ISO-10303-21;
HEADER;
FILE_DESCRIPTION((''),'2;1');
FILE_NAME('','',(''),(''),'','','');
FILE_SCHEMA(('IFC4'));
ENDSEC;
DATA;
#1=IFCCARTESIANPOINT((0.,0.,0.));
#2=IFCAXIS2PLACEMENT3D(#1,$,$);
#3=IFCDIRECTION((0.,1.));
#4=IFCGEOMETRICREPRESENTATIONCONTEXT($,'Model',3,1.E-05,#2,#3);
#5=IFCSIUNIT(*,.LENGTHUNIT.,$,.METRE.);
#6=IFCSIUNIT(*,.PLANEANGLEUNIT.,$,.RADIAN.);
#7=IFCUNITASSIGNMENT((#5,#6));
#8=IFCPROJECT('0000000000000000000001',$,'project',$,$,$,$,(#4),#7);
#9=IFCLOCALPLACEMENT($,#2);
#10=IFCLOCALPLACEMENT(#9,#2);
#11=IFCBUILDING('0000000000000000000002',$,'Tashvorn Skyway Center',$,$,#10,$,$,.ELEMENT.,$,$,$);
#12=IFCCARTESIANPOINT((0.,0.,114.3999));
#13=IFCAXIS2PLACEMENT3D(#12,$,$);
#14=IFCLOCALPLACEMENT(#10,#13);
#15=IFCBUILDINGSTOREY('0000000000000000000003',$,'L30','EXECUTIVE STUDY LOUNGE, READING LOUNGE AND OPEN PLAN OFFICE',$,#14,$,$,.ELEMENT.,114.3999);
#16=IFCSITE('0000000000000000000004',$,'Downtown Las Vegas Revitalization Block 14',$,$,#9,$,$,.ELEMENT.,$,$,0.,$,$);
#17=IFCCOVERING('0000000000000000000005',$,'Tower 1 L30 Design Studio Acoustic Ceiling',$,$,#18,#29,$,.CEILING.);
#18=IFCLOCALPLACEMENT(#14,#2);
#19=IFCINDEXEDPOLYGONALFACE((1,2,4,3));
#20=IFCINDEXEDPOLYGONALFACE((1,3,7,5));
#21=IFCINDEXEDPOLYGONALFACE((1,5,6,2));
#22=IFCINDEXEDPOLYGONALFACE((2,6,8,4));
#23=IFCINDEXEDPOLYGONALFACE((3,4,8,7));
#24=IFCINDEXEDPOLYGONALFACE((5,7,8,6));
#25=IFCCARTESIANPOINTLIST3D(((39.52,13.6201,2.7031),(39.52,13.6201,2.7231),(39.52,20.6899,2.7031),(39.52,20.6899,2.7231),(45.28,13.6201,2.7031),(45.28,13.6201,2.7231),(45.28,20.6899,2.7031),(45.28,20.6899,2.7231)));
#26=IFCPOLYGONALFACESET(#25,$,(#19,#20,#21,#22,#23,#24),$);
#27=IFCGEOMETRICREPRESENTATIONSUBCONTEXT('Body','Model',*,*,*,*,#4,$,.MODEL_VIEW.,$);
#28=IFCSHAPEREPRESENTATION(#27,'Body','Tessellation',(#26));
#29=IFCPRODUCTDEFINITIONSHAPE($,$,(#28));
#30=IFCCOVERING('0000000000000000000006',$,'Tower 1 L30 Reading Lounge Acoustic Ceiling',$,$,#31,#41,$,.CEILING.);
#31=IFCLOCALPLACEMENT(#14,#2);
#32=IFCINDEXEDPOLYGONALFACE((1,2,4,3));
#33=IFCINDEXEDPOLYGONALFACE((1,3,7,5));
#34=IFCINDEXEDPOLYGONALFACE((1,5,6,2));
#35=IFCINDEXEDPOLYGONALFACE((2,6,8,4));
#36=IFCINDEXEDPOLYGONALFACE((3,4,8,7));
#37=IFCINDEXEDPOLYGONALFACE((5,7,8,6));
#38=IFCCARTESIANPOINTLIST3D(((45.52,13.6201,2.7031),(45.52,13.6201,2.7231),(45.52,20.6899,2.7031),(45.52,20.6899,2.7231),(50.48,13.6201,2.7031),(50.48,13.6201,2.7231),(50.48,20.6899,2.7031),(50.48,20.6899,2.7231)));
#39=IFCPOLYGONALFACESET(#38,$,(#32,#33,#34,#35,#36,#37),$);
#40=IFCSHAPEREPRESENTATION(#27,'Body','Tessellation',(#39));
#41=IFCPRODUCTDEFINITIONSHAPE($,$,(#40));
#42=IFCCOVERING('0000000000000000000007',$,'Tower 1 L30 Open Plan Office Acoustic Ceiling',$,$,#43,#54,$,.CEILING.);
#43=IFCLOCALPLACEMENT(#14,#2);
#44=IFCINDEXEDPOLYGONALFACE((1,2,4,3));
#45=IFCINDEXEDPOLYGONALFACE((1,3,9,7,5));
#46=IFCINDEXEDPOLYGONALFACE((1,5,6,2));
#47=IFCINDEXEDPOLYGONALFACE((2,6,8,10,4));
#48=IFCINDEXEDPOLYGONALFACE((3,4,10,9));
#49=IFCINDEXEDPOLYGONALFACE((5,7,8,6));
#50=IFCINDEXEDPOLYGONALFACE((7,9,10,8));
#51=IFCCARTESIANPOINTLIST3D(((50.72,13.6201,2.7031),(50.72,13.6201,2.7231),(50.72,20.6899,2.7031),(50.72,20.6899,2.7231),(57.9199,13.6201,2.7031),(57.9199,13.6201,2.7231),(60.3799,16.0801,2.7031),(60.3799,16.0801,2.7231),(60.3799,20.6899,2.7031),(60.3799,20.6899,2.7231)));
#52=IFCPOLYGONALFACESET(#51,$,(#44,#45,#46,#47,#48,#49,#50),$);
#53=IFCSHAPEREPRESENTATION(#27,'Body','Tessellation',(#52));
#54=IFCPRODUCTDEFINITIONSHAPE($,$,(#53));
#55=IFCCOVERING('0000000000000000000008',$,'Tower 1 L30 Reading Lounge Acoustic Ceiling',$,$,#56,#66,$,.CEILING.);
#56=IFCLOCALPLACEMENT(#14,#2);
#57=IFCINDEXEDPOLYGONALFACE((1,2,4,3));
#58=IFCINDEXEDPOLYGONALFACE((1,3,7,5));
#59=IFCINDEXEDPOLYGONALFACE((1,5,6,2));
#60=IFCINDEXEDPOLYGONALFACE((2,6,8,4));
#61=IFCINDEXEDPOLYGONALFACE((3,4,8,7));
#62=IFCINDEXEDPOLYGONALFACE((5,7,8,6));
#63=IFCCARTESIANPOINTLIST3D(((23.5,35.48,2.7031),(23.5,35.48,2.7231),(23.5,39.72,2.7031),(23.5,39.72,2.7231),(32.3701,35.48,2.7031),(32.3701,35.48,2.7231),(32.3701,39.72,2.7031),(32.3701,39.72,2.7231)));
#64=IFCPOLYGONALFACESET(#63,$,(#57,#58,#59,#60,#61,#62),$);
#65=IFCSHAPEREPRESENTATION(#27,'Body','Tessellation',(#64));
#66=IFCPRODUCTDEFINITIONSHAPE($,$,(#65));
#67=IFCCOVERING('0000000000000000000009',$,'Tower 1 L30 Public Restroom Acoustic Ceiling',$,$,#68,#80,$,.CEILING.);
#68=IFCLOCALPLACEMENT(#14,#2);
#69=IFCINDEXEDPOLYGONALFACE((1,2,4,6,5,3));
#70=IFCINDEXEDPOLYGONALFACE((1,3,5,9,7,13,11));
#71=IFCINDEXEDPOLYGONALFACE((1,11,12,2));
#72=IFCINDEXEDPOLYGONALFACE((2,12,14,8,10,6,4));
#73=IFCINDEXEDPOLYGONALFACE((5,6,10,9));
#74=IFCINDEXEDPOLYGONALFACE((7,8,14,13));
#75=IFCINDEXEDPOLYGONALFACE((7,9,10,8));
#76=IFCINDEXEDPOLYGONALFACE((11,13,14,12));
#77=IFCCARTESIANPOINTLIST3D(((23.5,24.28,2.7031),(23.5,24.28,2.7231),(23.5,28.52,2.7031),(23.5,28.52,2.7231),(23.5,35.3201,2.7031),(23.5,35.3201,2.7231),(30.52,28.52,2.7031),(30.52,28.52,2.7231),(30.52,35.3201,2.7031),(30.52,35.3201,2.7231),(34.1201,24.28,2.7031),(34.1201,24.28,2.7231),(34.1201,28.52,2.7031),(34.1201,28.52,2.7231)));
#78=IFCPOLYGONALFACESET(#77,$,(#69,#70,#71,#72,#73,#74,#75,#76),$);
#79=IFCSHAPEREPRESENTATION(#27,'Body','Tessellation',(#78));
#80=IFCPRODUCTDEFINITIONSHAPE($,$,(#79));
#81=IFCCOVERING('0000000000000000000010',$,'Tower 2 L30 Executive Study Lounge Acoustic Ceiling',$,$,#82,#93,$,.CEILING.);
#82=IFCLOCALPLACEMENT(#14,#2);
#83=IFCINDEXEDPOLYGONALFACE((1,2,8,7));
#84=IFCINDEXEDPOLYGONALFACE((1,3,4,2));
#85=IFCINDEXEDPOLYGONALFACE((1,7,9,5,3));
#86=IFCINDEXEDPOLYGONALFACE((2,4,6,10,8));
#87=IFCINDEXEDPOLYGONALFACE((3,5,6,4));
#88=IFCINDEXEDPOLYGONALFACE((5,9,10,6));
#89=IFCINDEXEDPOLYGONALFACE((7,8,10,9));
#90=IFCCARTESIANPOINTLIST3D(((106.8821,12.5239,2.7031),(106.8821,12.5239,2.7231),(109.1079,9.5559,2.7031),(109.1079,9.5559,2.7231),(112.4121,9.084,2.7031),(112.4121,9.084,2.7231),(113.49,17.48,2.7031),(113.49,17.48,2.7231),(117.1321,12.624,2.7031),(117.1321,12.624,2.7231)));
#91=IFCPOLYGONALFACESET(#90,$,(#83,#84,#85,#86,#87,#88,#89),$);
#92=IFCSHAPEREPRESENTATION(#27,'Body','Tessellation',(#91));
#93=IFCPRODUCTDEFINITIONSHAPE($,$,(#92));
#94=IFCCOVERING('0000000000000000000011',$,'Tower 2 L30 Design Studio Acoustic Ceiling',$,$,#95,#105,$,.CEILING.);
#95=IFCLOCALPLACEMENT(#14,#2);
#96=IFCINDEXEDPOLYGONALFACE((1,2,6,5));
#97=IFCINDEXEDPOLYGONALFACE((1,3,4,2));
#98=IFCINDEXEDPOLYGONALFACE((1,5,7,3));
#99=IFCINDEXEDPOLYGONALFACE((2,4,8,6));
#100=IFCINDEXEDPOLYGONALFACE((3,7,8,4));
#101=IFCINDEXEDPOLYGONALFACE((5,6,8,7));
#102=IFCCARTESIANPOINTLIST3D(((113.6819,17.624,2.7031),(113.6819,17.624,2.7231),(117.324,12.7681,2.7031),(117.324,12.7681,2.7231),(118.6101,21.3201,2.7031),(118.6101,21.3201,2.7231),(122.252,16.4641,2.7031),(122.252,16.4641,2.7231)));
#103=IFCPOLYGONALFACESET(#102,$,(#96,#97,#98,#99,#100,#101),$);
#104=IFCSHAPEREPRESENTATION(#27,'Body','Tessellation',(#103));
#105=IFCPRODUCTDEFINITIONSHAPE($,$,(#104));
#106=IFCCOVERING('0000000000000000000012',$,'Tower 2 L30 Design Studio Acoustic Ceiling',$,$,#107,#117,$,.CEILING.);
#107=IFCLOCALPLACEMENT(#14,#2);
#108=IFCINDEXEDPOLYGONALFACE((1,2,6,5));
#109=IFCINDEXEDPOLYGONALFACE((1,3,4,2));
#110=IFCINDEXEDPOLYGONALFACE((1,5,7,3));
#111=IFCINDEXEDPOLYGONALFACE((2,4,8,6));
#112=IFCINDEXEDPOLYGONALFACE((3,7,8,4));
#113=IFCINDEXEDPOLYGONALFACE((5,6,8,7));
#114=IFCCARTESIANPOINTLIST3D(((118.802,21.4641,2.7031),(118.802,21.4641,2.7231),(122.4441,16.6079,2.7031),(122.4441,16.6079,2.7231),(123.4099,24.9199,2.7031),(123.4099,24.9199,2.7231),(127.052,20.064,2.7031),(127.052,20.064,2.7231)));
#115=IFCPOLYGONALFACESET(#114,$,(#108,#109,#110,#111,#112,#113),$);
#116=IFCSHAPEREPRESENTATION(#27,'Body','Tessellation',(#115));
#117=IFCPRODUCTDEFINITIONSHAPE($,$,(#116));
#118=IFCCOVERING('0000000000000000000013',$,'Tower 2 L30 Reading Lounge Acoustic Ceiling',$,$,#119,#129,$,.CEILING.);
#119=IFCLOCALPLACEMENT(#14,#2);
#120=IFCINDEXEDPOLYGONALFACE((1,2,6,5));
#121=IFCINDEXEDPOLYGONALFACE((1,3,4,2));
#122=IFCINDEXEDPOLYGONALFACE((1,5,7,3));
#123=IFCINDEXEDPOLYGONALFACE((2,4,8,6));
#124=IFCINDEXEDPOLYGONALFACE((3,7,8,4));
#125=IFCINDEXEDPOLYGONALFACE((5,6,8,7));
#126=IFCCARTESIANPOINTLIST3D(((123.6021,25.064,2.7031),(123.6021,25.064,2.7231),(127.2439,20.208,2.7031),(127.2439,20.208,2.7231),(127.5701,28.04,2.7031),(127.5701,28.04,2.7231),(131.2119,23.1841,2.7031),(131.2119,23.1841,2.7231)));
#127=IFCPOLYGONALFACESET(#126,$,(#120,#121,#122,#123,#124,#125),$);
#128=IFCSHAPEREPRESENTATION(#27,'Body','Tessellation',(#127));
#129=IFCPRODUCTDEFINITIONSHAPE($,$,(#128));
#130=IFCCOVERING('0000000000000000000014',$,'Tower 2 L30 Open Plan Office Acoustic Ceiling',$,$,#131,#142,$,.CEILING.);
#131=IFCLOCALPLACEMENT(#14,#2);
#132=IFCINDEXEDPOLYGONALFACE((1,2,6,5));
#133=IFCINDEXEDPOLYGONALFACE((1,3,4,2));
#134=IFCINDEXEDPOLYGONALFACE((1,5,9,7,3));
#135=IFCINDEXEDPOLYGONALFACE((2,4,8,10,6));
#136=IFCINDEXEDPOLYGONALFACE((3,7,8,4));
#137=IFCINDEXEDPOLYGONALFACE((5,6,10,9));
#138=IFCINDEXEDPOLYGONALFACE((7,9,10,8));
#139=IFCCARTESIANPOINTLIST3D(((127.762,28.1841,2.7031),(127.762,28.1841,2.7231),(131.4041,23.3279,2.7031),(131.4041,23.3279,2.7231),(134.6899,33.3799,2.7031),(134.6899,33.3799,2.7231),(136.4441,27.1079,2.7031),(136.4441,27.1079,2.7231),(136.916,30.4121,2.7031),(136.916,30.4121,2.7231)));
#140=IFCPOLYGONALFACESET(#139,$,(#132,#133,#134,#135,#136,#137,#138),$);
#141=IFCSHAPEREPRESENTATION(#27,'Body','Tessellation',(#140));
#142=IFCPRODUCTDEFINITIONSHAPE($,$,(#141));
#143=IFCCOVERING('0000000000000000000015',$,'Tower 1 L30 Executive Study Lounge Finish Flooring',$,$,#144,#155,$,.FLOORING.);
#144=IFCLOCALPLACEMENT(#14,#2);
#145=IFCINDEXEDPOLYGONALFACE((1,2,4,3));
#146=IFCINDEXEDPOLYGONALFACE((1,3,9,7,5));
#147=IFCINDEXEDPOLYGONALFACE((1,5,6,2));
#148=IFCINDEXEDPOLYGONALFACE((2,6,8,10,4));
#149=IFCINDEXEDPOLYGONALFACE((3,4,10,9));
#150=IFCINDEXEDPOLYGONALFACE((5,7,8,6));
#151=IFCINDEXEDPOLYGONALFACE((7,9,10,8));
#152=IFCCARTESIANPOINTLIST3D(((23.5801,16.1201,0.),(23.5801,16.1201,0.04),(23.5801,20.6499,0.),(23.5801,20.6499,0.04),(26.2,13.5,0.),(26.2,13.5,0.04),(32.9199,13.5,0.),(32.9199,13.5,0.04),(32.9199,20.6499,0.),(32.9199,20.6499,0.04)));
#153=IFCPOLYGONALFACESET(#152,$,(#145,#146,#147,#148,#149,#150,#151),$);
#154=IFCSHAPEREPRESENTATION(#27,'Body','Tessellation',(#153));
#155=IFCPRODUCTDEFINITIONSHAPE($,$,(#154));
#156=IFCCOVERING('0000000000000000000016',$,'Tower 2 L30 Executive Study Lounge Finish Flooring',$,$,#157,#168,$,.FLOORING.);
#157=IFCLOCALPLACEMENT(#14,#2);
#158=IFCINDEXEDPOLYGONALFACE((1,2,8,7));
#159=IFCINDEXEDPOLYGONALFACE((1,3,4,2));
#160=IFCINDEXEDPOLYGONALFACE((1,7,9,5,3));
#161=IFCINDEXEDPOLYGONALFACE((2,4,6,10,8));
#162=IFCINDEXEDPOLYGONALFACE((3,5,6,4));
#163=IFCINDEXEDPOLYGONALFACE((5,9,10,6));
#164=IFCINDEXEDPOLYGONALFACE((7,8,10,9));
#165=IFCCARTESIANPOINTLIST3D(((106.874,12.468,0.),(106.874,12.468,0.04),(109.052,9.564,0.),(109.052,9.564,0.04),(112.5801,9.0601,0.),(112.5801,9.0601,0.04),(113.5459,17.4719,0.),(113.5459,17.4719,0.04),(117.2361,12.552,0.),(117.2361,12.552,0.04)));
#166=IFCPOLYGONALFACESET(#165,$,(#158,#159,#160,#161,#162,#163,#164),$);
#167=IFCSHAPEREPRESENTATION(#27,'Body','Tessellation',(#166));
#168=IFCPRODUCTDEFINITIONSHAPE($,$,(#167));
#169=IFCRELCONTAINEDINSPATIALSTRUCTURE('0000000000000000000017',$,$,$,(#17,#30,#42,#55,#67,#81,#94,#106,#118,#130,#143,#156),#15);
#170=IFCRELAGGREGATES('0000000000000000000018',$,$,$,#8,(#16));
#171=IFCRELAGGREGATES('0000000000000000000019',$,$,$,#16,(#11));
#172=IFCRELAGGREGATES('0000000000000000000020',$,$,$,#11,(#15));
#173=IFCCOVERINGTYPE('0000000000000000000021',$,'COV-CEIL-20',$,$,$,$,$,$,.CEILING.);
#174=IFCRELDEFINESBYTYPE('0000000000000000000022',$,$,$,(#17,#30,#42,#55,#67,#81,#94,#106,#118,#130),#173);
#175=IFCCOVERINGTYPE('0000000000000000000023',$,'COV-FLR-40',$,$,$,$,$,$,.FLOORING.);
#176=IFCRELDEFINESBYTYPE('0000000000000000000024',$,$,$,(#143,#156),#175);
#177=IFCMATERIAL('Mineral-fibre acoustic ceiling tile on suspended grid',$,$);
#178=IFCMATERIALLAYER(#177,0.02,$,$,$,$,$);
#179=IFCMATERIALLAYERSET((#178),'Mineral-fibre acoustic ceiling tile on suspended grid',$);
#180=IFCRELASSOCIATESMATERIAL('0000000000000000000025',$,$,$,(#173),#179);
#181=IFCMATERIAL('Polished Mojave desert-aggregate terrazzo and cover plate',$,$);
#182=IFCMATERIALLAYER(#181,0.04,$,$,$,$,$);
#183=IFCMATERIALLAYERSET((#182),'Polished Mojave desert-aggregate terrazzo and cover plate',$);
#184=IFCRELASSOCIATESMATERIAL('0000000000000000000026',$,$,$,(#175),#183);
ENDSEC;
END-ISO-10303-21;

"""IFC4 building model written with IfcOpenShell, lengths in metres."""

from ifc_helpers import new_model, si_unit, direction, frame, origin, place, context, subcontext, project, spatial, polyline, outline, extrude, material, layer, layer_set, type_object, element, save


model = new_model("IFC4")

# Units and contexts
model_context = context("Model", 3, precision=1e-05, world=origin(), true_north=direction((0.0, 1.0)))
body_context = subcontext(model_context, "Body", "Model", "MODEL_VIEW")
ifc_project = project(units=[si_unit("LENGTHUNIT", "METRE"), si_unit("PLANEANGLEUNIT", "RADIAN")], contexts=[model_context])

# Site, building, storey
site_placement = place(None, origin())
site = spatial("IfcSite", under=ifc_project, at=site_placement, Name="Downtown Las Vegas Revitalization Block 14", CompositionType="ELEMENT", RefElevation=0.0)
building_placement = place(site_placement, origin())
building = spatial("IfcBuilding", under=site, at=building_placement, Name="Tashvorn Skyway Center", CompositionType="ELEMENT")
storey_placement = place(building_placement, frame((0.0, 0.0, 114.3999)))
storey = spatial("IfcBuildingStorey", under=building, at=storey_placement, Name="L30", Description="EXECUTIVE STUDY LOUNGE, READING LOUNGE AND OPEN PLAN OFFICE", CompositionType="ELEMENT", Elevation=114.3999)

# Coverings
ifc_material_1 = material(Name="Mineral-fibre acoustic ceiling tile on suspended grid")
ifc_layer_1 = layer(ifc_material_1, 0.02)
ifc_layer_set_1 = layer_set([ifc_layer_1], Name="Mineral-fibre acoustic ceiling tile on suspended grid")
covering_type_1 = type_object("IfcCoveringType", Name="COV-CEIL-20", PredefinedType="CEILING", material=ifc_layer_set_1)
covering_1_placement = place(storey_placement, frame((0.0, 0.0, 2.7031)))
element("IfcCovering", 1, at=covering_1_placement, inside=storey, type_object=covering_type_1, Name="Tower 1 L30 Design Studio Acoustic Ceiling", PredefinedType="CEILING", context=body_context, shape_type="SweptSolid", body=[
    extrude(outline(polyline([(39.52, 20.6899), (45.28, 20.6899), (45.28, 13.6201), (39.52, 13.6201), (39.52, 20.6899)])), origin(), (0.0, 0.0, 1.0), 0.02),
])
covering_2_placement = place(storey_placement, frame((0.0, 0.0, 2.7031)))
element("IfcCovering", 2, at=covering_2_placement, inside=storey, type_object=covering_type_1, Name="Tower 1 L30 Reading Lounge Acoustic Ceiling", PredefinedType="CEILING", context=body_context, shape_type="SweptSolid", body=[
    extrude(outline(polyline([(45.52, 20.6899), (50.48, 20.6899), (50.48, 13.6201), (45.52, 13.6201), (45.52, 20.6899)])), origin(), (0.0, 0.0, 1.0), 0.02),
])
covering_3_placement = place(storey_placement, frame((0.0, 0.0, 2.7031)))
element("IfcCovering", 3, at=covering_3_placement, inside=storey, type_object=covering_type_1, Name="Tower 1 L30 Open Plan Office Acoustic Ceiling", PredefinedType="CEILING", context=body_context, shape_type="SweptSolid", body=[
    extrude(outline(polyline([(50.72, 13.6201), (50.72, 20.6899), (60.3799, 20.6899), (60.3799, 16.0801), (57.9199, 13.6201), (50.72, 13.6201)])), origin(), (0.0, 0.0, 1.0), 0.02),
])
covering_4_placement = place(storey_placement, frame((0.0, 0.0, 2.7031)))
element("IfcCovering", 4, at=covering_4_placement, inside=storey, type_object=covering_type_1, Name="Tower 1 L30 Reading Lounge Acoustic Ceiling", PredefinedType="CEILING", context=body_context, shape_type="SweptSolid", body=[
    extrude(outline(polyline([(32.3701, 39.72), (32.3701, 35.48), (23.5, 35.48), (23.5, 39.72), (32.3701, 39.72)])), origin(), (0.0, 0.0, 1.0), 0.02),
])
covering_5_placement = place(storey_placement, frame((0.0, 0.0, 2.7031)))
element("IfcCovering", 5, at=covering_5_placement, inside=storey, type_object=covering_type_1, Name="Tower 1 L30 Public Restroom Acoustic Ceiling", PredefinedType="CEILING", context=body_context, shape_type="SweptSolid", body=[
    extrude(outline(polyline([(34.1201, 24.28), (23.5, 24.28), (23.5, 28.52), (23.5, 35.3201), (30.52, 35.3201), (30.52, 28.52), (34.1201, 28.52), (34.1201, 24.28)])), origin(), (0.0, 0.0, 1.0), 0.02),
])
covering_6_placement = place(storey_placement, frame((0.0, 0.0, 2.7031)))
element("IfcCovering", 6, at=covering_6_placement, inside=storey, type_object=covering_type_1, Name="Tower 2 L30 Executive Study Lounge Acoustic Ceiling", PredefinedType="CEILING", context=body_context, shape_type="SweptSolid", body=[
    extrude(outline(polyline([(106.8821, 12.5239), (113.49, 17.48), (117.1321, 12.624), (112.4121, 9.084), (109.1079, 9.5559), (106.8821, 12.5239)])), origin(), (0.0, 0.0, 1.0), 0.02),
])
covering_7_placement = place(storey_placement, frame((0.0, 0.0, 2.7031)))
element("IfcCovering", 7, at=covering_7_placement, inside=storey, type_object=covering_type_1, Name="Tower 2 L30 Design Studio Acoustic Ceiling", PredefinedType="CEILING", context=body_context, shape_type="SweptSolid", body=[
    extrude(outline(polyline([(113.6819, 17.624), (118.6101, 21.3201), (122.252, 16.4641), (117.324, 12.7681), (113.6819, 17.624)])), origin(), (0.0, 0.0, 1.0), 0.02),
])
covering_8_placement = place(storey_placement, frame((0.0, 0.0, 2.7031)))
element("IfcCovering", 8, at=covering_8_placement, inside=storey, type_object=covering_type_1, Name="Tower 2 L30 Design Studio Acoustic Ceiling", PredefinedType="CEILING", context=body_context, shape_type="SweptSolid", body=[
    extrude(outline(polyline([(118.802, 21.4641), (123.4099, 24.9199), (127.052, 20.064), (122.4441, 16.6079), (118.802, 21.4641)])), origin(), (0.0, 0.0, 1.0), 0.02),
])
covering_9_placement = place(storey_placement, frame((0.0, 0.0, 2.7031)))
element("IfcCovering", 9, at=covering_9_placement, inside=storey, type_object=covering_type_1, Name="Tower 2 L30 Reading Lounge Acoustic Ceiling", PredefinedType="CEILING", context=body_context, shape_type="SweptSolid", body=[
    extrude(outline(polyline([(123.6021, 25.064), (127.5701, 28.04), (131.2119, 23.1841), (127.2439, 20.208), (123.6021, 25.064)])), origin(), (0.0, 0.0, 1.0), 0.02),
])
covering_10_placement = place(storey_placement, frame((0.0, 0.0, 2.7031)))
element("IfcCovering", 10, at=covering_10_placement, inside=storey, type_object=covering_type_1, Name="Tower 2 L30 Open Plan Office Acoustic Ceiling", PredefinedType="CEILING", context=body_context, shape_type="SweptSolid", body=[
    extrude(outline(polyline([(131.4041, 23.3279), (127.762, 28.1841), (134.6899, 33.3799), (136.916, 30.4121), (136.4441, 27.1079), (131.4041, 23.3279)])), origin(), (0.0, 0.0, 1.0), 0.02),
])
ifc_material_2 = material(Name="Polished Mojave desert-aggregate terrazzo and cover plate")
ifc_layer_2 = layer(ifc_material_2, 0.04)
ifc_layer_set_2 = layer_set([ifc_layer_2], Name="Polished Mojave desert-aggregate terrazzo and cover plate")
covering_type_2 = type_object("IfcCoveringType", Name="COV-FLR-40", PredefinedType="FLOORING", material=ifc_layer_set_2)
covering_11_placement = place(storey_placement, origin())
element("IfcCovering", 11, at=covering_11_placement, inside=storey, type_object=covering_type_2, Name="Tower 1 L30 Executive Study Lounge Finish Flooring", PredefinedType="FLOORING", context=body_context, shape_type="SweptSolid", body=[
    extrude(outline(polyline([(26.2, 13.5), (23.5801, 16.1201), (23.5801, 20.6499), (32.9199, 20.6499), (32.9199, 13.5), (26.2, 13.5)])), origin(), (0.0, 0.0, 1.0), 0.04),
])
covering_12_placement = place(storey_placement, origin())
element("IfcCovering", 12, at=covering_12_placement, inside=storey, type_object=covering_type_2, Name="Tower 2 L30 Executive Study Lounge Finish Flooring", PredefinedType="FLOORING", context=body_context, shape_type="SweptSolid", body=[
    extrude(outline(polyline([(112.5801, 9.0601), (109.052, 9.564), (106.874, 12.468), (113.5459, 17.4719), (117.2361, 12.552), (112.5801, 9.0601)])), origin(), (0.0, 0.0, 1.0), 0.04),
])

save(model, "model.ifc")
